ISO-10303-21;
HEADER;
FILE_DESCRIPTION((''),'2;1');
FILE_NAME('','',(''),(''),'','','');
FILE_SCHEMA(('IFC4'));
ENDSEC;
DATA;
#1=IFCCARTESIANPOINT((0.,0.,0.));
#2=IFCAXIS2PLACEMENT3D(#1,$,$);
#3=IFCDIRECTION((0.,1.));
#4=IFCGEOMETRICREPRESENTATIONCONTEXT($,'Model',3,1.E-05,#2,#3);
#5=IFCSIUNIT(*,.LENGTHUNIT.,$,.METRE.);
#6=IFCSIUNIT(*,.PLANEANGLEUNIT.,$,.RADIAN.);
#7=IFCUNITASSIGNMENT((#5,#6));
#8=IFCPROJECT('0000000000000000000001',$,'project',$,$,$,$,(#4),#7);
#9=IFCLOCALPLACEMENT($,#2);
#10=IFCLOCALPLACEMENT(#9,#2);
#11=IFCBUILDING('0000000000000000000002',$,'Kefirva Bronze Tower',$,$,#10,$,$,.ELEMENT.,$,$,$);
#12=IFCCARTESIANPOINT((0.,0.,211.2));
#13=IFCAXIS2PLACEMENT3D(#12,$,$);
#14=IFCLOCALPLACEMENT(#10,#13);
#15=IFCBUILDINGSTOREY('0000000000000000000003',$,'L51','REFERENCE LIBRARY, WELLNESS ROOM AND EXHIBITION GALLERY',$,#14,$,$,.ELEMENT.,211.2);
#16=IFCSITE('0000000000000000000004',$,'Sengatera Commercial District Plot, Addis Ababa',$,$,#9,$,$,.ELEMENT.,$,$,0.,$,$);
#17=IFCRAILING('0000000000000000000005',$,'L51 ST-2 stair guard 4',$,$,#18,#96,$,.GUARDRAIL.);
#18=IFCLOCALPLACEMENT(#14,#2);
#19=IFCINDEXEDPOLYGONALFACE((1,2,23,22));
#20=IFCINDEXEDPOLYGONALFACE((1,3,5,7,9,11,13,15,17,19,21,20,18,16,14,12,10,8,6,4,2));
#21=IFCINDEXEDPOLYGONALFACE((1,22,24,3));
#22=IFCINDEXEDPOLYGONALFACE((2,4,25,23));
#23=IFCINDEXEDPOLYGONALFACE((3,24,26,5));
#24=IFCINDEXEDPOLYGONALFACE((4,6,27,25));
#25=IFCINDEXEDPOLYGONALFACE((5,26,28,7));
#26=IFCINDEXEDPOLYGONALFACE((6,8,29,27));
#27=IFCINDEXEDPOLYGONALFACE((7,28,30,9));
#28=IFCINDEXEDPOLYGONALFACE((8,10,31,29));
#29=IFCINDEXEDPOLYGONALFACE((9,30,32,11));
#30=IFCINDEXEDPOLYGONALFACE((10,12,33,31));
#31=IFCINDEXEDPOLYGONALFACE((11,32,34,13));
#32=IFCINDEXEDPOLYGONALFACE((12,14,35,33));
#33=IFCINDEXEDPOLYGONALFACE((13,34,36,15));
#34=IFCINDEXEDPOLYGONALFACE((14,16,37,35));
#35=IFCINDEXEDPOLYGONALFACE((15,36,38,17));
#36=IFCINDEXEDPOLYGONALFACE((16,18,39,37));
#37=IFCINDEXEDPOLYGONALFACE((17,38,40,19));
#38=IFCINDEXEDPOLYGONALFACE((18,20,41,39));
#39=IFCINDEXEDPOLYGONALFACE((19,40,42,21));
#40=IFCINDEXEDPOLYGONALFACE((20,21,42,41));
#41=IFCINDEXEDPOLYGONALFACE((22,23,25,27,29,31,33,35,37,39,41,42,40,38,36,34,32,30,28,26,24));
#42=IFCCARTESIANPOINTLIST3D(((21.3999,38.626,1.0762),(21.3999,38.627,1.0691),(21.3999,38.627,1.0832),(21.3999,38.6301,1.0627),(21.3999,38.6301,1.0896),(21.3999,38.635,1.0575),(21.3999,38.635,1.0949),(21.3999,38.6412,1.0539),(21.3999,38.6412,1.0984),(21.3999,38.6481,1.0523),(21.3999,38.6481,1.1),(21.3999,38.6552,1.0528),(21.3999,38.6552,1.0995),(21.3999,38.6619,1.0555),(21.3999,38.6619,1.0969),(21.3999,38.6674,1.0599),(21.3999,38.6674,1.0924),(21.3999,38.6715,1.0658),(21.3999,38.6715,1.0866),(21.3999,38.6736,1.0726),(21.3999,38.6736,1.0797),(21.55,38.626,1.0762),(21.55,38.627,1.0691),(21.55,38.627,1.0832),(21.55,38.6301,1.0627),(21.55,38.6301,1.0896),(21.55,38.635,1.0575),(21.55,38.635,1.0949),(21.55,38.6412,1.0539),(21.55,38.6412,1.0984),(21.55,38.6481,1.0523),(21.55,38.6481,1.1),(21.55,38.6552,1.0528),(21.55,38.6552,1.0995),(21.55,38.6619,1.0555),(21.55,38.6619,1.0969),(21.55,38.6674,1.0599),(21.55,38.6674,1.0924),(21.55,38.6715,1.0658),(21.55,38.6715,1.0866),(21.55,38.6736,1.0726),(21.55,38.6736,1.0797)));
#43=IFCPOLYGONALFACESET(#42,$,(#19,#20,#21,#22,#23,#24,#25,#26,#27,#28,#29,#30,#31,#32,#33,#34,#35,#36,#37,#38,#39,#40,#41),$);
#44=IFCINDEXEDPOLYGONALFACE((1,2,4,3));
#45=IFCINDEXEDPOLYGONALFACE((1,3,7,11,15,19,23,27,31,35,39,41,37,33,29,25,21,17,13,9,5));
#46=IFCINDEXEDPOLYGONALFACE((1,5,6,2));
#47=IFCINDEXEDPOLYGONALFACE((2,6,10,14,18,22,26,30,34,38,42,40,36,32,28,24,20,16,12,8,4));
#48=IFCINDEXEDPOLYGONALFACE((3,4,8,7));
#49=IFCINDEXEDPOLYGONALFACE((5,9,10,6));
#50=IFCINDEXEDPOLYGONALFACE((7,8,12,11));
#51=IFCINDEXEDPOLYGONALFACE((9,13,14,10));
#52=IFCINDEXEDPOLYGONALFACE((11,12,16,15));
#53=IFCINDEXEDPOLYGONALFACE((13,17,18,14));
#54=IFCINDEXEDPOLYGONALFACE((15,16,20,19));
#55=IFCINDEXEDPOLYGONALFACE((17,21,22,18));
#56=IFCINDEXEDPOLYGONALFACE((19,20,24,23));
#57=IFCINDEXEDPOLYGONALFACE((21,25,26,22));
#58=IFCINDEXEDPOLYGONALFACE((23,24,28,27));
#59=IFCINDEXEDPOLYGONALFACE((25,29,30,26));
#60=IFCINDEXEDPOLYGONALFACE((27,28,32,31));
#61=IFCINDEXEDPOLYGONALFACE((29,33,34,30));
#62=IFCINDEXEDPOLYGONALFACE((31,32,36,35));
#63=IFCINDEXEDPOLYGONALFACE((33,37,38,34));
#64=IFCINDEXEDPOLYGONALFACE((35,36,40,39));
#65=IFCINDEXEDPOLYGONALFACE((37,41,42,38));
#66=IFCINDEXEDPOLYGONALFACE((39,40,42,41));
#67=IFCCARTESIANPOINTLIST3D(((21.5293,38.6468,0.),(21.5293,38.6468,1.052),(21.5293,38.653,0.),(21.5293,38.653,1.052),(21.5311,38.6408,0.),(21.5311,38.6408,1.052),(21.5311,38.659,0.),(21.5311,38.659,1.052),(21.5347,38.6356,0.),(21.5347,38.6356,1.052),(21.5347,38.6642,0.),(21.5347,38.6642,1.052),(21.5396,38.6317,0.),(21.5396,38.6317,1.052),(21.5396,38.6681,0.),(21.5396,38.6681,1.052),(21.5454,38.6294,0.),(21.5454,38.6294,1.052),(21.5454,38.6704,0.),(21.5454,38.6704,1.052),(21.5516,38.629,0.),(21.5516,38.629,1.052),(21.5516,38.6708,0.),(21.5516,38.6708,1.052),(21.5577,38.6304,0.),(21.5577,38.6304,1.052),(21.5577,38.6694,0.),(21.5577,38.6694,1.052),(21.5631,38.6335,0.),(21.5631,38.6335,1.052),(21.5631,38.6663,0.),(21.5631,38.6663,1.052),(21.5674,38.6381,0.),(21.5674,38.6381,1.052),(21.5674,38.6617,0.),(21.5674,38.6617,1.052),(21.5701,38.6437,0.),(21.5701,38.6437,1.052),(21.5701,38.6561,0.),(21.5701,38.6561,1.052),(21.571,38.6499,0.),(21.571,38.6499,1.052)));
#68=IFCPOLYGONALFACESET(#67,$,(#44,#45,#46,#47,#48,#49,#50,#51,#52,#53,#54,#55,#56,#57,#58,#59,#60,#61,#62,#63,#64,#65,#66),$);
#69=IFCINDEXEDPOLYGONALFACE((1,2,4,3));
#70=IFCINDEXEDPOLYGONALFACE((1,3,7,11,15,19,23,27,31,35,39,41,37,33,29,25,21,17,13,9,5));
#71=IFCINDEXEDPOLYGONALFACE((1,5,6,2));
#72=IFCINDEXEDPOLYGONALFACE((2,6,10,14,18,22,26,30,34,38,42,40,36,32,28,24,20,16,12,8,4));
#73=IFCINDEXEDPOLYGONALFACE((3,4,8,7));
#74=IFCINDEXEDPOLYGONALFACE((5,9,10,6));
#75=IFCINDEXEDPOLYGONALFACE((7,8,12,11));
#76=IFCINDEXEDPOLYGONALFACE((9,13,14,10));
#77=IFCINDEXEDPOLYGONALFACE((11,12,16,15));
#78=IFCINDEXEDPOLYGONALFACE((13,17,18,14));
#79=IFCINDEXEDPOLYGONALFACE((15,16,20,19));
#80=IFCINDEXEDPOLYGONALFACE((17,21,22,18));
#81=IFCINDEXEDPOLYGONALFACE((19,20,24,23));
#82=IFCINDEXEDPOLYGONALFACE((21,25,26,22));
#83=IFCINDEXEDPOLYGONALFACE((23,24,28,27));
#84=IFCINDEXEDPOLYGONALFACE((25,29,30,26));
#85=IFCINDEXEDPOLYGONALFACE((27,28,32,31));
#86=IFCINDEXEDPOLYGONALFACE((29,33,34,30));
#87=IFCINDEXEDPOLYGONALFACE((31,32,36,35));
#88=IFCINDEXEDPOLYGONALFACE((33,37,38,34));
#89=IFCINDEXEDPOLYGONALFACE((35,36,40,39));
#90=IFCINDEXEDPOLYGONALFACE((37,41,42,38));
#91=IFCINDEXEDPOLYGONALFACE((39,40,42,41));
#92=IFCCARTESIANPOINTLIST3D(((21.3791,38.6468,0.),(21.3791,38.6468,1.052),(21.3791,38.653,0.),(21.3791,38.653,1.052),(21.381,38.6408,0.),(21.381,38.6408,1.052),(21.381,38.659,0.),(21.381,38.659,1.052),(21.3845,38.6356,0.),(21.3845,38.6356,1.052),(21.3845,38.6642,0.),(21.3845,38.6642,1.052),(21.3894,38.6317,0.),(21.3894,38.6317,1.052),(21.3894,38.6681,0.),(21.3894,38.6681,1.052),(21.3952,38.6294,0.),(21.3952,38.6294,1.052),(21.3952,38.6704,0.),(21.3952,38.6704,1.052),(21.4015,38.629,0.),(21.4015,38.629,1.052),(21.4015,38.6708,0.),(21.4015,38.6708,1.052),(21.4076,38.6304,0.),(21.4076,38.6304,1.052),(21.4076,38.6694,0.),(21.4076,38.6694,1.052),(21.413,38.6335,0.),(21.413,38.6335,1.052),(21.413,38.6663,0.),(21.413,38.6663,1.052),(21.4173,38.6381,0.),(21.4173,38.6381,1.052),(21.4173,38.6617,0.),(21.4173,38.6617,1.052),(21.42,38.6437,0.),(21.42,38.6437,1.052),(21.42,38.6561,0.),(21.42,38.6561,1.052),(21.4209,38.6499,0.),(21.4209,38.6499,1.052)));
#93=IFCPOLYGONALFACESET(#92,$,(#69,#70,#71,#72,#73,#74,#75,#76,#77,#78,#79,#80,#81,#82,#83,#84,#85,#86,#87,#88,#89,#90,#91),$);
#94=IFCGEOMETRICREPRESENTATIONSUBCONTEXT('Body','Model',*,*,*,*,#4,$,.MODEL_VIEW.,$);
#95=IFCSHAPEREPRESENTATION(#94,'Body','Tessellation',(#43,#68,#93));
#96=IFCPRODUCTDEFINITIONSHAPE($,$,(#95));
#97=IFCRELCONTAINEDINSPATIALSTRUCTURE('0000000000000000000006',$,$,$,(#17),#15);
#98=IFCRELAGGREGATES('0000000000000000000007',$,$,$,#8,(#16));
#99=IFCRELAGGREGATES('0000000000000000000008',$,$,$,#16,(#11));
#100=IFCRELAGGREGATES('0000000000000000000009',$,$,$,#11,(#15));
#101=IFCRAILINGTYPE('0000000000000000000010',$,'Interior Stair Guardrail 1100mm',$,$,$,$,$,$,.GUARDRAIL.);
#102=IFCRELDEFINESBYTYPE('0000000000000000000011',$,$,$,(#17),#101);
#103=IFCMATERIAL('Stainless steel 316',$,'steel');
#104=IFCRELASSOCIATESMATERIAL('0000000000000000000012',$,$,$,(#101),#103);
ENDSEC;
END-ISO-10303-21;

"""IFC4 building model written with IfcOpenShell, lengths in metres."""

from ifc_helpers import new_model, si_unit, direction, frame, origin, origin_2d, place, context, subcontext, project, spatial, circle, extrude, material, type_object, element, save


model = new_model("IFC4")

# Units and contexts
model_context = context("Model", 3, precision=1e-05, world=origin(), true_north=direction((0.0, 1.0)))
body_context = subcontext(model_context, "Body", "Model", "MODEL_VIEW")
ifc_project = project(units=[si_unit("LENGTHUNIT", "METRE"), si_unit("PLANEANGLEUNIT", "RADIAN")], contexts=[model_context])

# Site, building, storey
site_placement = place(None, origin())
site = spatial("IfcSite", under=ifc_project, at=site_placement, Name="Sengatera Commercial District Plot, Addis Ababa", CompositionType="ELEMENT", RefElevation=0.0)
building_placement = place(site_placement, origin())
building = spatial("IfcBuilding", under=site, at=building_placement, Name="Kefirva Bronze Tower", CompositionType="ELEMENT")
storey_placement = place(building_placement, frame((0.0, 0.0, 211.2)))
storey = spatial("IfcBuildingStorey", under=building, at=storey_placement, Name="L51", Description="REFERENCE LIBRARY, WELLNESS ROOM AND EXHIBITION GALLERY", CompositionType="ELEMENT", Elevation=211.2)

# Railing
ifc_material_1 = material(Name="Stainless steel 316", Category="steel")
railing_type_1 = type_object("IfcRailingType", Name="Interior Stair Guardrail 1100mm", PredefinedType="GUARDRAIL", material=ifc_material_1)
railing_1_placement = place(storey_placement, frame((21.55, 38.6499, 0.0)))
element("IfcRailing", 1, at=railing_1_placement, inside=storey, type_object=railing_type_1, Name="L51 ST-2 stair guard 4", PredefinedType="GUARDRAIL", context=body_context, shape_type="SweptSolid", body=[
    extrude(circle(Radius=0.0239, at=origin_2d()), frame((0.0, 0.0, 1.0762), z_axis=(-1.0, 0.0, 0.0), x_axis=(0.0, -1.0, 0.0)), (0.0, 0.0, 1.0), 0.1501),
    extrude(circle(Radius=0.021, at=origin_2d()), origin(), (0.0, 0.0, 1.0), 1.052),
    extrude(circle(Radius=0.021, at=origin_2d()), frame((-0.1501, 0.0, 0.0)), (0.0, 0.0, 1.0), 1.052),
])

save(model, "model.ifc")
